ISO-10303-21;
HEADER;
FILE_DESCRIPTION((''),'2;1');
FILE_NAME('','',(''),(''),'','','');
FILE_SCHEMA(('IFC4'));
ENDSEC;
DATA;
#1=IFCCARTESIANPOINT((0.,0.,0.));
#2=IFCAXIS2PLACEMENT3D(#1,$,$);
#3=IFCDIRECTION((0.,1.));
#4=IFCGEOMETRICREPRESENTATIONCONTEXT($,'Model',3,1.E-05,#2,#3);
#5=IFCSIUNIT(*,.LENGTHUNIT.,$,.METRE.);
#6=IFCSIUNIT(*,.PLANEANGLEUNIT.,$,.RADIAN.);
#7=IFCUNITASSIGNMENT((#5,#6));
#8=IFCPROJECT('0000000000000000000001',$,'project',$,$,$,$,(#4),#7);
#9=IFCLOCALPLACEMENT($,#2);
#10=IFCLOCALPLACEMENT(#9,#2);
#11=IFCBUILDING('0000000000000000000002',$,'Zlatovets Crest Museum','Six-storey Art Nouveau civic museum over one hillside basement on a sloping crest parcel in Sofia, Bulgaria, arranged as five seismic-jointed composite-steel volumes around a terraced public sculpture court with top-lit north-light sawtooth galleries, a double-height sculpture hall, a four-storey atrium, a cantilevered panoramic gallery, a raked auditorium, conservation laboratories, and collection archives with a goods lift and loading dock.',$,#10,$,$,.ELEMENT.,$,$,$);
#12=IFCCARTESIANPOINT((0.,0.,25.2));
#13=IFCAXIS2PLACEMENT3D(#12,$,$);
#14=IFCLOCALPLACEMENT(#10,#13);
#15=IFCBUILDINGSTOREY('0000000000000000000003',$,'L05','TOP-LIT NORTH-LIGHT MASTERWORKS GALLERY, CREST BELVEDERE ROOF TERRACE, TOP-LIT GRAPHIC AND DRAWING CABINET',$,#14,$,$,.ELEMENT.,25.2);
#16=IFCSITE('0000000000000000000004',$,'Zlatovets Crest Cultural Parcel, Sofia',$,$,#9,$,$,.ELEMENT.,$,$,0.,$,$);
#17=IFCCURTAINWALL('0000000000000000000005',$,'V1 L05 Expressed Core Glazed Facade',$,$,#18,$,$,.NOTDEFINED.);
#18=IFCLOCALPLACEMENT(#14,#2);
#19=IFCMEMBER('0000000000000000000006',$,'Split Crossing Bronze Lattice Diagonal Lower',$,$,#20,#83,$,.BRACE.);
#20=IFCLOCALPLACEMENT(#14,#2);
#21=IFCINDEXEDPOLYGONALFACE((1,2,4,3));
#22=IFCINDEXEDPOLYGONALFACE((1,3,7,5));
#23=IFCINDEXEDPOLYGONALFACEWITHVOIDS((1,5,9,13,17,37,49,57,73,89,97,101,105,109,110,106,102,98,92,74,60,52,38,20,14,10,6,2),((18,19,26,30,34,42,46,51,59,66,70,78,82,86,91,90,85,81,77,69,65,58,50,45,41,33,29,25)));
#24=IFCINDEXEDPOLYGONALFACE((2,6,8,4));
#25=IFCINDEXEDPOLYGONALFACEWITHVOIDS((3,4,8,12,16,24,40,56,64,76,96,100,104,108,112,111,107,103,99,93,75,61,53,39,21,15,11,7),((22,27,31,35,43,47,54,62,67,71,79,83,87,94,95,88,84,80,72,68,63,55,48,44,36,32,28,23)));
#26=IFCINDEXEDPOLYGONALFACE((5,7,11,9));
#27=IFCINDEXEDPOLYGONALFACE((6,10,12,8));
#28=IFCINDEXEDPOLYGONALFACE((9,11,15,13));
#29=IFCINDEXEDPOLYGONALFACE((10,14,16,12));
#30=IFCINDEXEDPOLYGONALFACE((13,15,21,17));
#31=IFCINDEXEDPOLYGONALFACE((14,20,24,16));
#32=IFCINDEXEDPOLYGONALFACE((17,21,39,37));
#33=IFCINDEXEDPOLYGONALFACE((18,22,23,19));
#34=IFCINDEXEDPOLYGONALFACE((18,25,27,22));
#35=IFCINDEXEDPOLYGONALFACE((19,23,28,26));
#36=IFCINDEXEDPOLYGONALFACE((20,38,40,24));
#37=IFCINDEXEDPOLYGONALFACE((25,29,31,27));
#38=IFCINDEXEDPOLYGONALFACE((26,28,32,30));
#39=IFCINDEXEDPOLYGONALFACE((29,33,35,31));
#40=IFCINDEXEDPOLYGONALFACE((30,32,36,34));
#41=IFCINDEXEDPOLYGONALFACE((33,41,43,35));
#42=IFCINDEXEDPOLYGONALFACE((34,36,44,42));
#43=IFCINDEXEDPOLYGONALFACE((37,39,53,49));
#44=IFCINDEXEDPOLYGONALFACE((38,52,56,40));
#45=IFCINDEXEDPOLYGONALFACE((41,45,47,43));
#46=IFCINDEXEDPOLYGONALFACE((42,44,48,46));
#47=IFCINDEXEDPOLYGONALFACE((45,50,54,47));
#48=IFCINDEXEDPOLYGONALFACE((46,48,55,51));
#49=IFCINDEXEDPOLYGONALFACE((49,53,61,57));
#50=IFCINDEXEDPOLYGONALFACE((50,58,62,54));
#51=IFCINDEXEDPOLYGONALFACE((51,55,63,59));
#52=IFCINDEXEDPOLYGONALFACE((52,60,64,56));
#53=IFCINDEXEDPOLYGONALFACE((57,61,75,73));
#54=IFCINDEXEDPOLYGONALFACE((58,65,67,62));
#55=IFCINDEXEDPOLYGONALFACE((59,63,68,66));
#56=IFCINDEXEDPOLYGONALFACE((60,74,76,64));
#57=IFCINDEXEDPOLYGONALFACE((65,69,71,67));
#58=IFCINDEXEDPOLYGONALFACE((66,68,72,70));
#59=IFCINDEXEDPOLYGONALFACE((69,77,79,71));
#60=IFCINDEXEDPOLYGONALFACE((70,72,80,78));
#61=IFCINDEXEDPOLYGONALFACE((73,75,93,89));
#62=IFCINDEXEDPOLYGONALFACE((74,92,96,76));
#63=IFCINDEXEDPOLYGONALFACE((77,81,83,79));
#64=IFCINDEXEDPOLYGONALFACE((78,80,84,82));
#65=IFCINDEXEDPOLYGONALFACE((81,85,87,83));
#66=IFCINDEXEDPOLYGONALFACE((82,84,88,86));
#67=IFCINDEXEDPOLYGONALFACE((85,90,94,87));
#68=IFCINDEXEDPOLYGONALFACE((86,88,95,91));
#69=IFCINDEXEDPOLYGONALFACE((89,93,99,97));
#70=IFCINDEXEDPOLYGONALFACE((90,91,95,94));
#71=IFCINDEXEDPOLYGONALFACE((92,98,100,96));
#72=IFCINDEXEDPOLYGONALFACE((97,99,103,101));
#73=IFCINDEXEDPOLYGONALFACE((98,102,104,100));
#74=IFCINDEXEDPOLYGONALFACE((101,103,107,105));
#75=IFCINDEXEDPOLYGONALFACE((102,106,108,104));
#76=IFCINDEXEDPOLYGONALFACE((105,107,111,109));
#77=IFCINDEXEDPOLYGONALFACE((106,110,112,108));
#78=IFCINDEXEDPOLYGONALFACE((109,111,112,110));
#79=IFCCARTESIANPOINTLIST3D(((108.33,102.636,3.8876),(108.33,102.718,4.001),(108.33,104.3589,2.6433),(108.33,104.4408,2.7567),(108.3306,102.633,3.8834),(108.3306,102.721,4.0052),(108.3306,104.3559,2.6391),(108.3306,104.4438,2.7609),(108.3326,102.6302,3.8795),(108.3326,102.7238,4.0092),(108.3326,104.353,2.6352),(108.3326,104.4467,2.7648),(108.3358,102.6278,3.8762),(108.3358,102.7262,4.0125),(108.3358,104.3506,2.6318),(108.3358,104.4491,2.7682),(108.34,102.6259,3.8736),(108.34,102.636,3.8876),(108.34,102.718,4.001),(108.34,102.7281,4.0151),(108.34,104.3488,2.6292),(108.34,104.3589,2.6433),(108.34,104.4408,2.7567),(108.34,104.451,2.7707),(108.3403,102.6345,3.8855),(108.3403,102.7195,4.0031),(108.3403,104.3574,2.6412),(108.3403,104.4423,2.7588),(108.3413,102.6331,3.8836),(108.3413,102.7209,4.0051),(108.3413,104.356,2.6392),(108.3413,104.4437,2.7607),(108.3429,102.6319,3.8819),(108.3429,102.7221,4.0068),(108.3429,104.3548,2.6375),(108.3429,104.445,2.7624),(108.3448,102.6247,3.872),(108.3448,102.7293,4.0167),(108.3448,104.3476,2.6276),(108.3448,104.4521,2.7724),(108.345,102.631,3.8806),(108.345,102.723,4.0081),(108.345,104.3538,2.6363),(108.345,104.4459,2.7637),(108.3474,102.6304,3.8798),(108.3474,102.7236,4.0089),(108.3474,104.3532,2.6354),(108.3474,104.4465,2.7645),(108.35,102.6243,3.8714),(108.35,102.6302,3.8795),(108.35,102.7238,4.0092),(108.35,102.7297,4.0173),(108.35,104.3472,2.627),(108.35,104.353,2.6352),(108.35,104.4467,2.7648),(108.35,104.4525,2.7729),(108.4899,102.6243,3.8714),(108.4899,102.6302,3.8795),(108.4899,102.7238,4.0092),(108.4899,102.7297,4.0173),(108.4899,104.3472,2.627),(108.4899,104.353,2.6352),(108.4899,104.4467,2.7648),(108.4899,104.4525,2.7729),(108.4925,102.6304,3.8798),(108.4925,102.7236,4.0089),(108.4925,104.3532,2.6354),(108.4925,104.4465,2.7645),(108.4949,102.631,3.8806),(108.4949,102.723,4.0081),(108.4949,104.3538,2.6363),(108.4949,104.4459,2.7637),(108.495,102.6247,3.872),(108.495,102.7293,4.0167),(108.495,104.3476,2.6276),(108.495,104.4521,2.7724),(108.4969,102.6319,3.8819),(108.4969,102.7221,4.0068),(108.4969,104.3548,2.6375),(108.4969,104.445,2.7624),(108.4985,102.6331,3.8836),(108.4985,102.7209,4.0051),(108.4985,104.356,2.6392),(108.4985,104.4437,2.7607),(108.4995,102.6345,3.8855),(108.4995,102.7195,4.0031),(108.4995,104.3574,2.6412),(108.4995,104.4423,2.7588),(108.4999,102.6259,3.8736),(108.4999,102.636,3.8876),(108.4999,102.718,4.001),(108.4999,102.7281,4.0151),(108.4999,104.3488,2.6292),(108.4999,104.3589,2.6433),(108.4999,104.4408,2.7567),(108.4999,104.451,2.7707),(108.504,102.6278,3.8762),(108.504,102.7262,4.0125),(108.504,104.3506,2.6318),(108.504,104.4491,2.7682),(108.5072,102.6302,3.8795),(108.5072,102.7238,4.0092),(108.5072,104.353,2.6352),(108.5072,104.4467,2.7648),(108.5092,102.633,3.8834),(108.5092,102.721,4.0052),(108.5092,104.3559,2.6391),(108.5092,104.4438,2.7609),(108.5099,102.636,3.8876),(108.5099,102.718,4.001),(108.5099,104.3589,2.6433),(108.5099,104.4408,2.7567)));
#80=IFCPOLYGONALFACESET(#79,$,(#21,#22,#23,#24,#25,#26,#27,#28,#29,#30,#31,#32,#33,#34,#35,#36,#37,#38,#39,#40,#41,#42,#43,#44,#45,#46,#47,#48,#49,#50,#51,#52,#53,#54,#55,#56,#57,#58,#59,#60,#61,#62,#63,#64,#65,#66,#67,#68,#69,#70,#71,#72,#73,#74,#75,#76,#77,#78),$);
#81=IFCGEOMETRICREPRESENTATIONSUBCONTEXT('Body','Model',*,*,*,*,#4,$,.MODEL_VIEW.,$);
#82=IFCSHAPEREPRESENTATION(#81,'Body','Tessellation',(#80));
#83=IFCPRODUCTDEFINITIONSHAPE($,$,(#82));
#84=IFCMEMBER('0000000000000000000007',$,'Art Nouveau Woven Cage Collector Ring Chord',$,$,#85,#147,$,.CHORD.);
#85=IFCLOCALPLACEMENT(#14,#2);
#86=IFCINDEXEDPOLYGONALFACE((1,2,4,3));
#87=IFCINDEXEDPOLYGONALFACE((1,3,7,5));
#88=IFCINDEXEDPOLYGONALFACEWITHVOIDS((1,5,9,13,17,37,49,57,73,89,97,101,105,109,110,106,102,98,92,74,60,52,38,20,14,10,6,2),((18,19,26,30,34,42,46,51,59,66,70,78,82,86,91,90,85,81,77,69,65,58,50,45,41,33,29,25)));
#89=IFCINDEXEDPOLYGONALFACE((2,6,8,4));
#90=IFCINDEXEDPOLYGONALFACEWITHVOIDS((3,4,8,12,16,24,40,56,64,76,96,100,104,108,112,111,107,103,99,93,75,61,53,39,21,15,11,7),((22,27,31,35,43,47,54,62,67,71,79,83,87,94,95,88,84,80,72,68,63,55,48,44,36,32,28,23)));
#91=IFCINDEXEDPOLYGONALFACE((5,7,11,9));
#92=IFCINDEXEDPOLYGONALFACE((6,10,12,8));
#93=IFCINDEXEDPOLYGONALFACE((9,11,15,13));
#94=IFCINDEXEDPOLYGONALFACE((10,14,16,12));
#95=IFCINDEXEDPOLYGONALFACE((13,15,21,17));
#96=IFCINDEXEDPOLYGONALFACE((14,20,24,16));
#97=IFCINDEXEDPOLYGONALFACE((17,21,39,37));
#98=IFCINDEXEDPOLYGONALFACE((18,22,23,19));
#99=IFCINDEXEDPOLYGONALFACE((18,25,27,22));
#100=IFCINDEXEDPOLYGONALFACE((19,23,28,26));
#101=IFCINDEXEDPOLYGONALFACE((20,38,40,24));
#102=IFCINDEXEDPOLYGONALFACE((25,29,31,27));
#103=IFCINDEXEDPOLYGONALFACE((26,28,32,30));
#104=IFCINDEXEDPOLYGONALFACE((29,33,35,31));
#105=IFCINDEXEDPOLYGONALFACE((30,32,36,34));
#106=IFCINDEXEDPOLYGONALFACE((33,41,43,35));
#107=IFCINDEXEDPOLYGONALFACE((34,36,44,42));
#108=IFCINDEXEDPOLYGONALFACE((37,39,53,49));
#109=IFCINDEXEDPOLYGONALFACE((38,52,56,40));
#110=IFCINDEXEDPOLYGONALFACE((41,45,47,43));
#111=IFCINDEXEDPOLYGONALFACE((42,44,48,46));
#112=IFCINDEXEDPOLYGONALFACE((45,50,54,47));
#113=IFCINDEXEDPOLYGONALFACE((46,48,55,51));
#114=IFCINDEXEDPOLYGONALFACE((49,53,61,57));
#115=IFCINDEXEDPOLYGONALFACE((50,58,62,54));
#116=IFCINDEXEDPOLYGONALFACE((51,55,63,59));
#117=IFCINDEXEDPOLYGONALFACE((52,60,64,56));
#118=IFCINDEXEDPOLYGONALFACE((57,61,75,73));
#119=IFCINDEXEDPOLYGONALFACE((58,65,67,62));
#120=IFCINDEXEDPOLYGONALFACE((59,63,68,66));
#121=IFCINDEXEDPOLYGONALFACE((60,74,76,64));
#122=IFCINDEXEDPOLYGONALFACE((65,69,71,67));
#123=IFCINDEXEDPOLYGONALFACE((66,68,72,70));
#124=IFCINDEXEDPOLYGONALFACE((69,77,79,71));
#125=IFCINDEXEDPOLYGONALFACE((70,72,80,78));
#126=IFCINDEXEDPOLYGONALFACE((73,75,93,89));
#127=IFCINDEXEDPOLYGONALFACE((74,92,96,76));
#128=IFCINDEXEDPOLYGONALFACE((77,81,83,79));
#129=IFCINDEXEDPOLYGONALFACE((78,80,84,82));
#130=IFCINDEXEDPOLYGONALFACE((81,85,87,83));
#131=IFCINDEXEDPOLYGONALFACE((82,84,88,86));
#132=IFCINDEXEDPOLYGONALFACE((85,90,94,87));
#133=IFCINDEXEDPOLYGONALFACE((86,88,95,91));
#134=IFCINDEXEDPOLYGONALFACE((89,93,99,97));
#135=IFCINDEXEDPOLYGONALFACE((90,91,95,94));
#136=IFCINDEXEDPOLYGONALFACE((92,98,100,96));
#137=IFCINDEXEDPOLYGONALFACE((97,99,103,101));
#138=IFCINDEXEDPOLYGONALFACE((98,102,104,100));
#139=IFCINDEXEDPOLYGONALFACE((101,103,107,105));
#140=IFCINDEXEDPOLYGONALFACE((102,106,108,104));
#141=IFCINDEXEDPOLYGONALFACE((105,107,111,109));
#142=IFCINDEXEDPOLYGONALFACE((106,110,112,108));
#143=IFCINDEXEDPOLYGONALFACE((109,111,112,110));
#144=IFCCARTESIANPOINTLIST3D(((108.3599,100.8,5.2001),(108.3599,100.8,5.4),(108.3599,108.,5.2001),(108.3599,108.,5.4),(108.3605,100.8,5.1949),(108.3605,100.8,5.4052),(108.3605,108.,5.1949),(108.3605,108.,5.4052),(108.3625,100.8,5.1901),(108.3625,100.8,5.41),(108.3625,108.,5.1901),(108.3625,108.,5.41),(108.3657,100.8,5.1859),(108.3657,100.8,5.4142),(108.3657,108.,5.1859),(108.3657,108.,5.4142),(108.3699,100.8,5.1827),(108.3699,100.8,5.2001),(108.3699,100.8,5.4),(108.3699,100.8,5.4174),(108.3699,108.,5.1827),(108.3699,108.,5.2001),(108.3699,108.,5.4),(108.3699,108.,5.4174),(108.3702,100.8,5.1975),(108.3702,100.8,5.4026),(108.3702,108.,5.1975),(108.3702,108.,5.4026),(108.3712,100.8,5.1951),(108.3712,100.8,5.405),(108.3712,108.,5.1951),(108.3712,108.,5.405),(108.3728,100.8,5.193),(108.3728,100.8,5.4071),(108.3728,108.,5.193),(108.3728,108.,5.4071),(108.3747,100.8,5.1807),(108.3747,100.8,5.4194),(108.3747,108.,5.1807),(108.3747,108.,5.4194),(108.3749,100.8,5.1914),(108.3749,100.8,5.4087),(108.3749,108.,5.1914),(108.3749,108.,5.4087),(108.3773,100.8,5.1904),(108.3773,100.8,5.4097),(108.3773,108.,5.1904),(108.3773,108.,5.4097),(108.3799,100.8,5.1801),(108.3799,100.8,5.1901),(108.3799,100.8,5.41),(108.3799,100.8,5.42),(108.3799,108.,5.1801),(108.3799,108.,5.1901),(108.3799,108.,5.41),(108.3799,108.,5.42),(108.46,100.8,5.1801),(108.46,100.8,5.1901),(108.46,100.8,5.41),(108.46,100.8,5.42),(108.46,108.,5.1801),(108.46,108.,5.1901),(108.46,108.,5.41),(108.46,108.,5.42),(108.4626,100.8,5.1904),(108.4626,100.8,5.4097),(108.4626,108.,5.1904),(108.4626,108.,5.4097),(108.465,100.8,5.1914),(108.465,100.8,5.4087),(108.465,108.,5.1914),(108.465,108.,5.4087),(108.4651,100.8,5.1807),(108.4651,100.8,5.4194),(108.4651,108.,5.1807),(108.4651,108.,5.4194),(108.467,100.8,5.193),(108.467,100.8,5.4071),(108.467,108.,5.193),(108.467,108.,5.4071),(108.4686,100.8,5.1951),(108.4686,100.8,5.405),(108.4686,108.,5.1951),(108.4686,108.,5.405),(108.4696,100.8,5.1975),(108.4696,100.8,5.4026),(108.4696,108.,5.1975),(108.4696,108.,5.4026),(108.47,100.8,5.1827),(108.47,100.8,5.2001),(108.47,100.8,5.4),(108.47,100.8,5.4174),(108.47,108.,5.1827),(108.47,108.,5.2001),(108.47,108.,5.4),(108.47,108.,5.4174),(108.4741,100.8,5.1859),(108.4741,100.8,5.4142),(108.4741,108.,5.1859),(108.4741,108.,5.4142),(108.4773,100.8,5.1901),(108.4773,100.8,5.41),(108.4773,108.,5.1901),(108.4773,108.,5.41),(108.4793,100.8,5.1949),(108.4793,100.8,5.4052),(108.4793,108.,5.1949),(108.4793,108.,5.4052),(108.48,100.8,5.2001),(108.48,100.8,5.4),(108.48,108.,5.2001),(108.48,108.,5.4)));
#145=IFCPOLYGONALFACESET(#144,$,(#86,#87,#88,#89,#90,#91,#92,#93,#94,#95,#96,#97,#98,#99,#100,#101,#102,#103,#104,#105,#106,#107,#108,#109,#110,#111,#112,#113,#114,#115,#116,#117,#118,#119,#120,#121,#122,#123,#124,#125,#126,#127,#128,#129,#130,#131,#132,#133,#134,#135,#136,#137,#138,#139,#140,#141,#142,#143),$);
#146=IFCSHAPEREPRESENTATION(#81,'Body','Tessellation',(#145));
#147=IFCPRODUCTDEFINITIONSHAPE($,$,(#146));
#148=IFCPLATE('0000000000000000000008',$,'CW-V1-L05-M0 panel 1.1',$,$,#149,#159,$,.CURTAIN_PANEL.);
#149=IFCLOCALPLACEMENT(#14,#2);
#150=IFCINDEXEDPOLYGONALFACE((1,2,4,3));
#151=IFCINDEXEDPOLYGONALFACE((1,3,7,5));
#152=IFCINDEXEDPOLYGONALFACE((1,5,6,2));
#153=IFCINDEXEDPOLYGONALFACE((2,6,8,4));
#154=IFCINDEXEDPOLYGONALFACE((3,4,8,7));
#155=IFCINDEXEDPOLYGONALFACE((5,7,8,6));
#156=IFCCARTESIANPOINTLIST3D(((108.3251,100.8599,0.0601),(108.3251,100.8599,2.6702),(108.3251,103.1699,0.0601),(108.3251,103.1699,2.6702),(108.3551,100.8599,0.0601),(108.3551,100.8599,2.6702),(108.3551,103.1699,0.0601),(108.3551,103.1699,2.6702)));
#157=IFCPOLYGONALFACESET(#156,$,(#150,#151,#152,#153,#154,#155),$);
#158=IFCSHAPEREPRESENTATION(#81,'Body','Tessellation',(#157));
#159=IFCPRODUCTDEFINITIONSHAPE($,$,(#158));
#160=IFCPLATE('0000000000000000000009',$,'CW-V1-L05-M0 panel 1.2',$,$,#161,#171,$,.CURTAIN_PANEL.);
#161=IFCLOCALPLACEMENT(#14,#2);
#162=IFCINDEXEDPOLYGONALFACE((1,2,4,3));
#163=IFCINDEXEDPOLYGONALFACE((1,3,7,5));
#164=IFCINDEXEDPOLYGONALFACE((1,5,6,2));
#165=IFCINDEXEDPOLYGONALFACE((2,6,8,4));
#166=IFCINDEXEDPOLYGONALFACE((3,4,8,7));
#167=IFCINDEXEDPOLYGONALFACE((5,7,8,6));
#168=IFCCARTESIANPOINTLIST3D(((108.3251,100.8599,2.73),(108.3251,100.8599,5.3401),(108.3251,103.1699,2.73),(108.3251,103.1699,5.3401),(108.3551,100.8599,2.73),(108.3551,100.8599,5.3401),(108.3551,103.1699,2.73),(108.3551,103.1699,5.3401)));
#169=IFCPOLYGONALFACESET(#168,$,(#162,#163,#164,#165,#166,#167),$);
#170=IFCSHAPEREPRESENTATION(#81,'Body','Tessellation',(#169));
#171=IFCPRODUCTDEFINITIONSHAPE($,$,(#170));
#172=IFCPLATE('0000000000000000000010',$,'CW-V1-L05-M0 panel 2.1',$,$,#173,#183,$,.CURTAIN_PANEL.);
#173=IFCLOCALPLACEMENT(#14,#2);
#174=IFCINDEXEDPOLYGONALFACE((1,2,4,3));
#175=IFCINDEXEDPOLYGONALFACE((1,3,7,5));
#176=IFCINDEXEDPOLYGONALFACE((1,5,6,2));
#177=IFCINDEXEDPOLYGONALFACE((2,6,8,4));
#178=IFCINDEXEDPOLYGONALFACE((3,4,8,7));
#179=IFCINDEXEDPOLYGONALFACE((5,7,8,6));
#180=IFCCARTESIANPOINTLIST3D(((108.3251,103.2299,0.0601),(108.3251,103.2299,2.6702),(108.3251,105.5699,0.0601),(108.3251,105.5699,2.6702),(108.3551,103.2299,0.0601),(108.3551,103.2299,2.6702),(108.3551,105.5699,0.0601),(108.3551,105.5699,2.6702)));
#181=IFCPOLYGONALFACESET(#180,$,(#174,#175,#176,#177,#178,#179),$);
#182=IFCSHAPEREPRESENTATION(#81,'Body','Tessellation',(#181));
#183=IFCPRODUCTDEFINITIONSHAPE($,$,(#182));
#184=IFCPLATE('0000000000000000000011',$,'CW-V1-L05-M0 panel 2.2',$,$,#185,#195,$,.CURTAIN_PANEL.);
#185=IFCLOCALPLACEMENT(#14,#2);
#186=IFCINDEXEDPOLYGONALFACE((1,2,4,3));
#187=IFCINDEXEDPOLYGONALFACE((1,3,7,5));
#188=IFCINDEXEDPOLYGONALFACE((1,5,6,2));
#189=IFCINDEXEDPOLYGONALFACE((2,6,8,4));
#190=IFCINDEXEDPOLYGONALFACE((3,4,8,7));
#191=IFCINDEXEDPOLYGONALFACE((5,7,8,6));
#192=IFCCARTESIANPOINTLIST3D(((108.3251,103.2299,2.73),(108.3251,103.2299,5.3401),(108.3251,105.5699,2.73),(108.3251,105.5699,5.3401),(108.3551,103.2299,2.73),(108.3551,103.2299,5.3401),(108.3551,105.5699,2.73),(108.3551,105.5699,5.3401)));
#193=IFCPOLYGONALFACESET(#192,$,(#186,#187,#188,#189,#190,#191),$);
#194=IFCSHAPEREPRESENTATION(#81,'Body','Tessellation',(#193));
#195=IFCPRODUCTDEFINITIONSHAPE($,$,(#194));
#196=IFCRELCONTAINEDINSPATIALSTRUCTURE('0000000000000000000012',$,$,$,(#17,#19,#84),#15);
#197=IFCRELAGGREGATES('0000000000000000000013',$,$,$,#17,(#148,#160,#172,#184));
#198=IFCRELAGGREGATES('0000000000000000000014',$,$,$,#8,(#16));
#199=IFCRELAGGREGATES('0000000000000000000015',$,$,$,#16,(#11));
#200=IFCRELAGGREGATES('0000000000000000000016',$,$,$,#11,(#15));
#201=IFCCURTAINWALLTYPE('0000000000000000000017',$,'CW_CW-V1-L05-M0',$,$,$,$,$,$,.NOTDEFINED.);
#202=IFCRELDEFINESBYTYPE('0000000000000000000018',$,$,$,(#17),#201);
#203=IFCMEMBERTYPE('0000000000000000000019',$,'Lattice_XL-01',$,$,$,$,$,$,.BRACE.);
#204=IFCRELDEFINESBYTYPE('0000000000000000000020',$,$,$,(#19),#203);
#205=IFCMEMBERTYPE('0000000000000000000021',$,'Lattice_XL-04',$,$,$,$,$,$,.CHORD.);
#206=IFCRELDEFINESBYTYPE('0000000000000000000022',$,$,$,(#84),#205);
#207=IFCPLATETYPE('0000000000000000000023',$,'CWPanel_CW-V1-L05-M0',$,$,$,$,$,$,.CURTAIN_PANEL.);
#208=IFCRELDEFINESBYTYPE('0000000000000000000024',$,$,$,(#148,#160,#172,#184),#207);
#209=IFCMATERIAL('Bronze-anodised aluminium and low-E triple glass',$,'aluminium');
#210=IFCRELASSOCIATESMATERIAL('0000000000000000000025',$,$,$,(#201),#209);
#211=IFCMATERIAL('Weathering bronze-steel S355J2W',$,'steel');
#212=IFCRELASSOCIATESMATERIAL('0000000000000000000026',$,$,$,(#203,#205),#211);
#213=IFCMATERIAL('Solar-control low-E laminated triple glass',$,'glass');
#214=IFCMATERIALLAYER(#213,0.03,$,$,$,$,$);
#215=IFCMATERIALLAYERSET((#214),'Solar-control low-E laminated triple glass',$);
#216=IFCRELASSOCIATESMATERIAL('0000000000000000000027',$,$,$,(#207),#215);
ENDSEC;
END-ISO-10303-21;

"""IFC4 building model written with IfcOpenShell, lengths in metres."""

from ifc_helpers import new_model, si_unit, direction, frame, origin, origin_2d, place, context, subcontext, project, spatial, rectangle, hollow_rectangle, extrude, material, layer, layer_set, material_profile, profile_set, type_object, element, aggregate, save


model = new_model("IFC4")

# Units and contexts
model_context = context("Model", 3, precision=1e-05, world=origin(), true_north=direction((0.0, 1.0)))
body_context = subcontext(model_context, "Body", "Model", "MODEL_VIEW")
ifc_project = project(units=[si_unit("LENGTHUNIT", "METRE"), si_unit("PLANEANGLEUNIT", "RADIAN")], contexts=[model_context])

# Site, building, storey
site_placement = place(None, origin())
site = spatial("IfcSite", under=ifc_project, at=site_placement, Name="Zlatovets Crest Cultural Parcel, Sofia", CompositionType="ELEMENT", RefElevation=0.0)
building_placement = place(site_placement, origin())
building = spatial("IfcBuilding", under=site, at=building_placement, Name="Zlatovets Crest Museum", Description="Six-storey Art Nouveau civic museum over one hillside basement on a sloping crest parcel in Sofia, Bulgaria, arranged as five seismic-jointed composite-steel volumes around a terraced public sculpture court with top-lit north-light sawtooth galleries, a double-height sculpture hall, a four-storey atrium, a cantilevered panoramic gallery, a raked auditorium, conservation laboratories, and collection archives with a goods lift and loading dock.", CompositionType="ELEMENT")
storey_placement = place(building_placement, frame((0.0, 0.0, 25.2)))
storey = spatial("IfcBuildingStorey", under=building, at=storey_placement, Name="L05", Description="TOP-LIT NORTH-LIGHT MASTERWORKS GALLERY, CREST BELVEDERE ROOF TERRACE, TOP-LIT GRAPHIC AND DRAWING CABINET", CompositionType="ELEMENT", Elevation=25.2)

# Shared definitions
ifc_material_1 = material(Name="Bronze-anodised aluminium and low-E triple glass", Category="aluminium")

# Curtain wall
curtain_wall_type_1 = type_object("IfcCurtainWallType", Name="CW_CW-V1-L05-M0", PredefinedType="NOTDEFINED", material=ifc_material_1)
curtain_wall_1_placement = place(storey_placement, origin())
curtain_wall_1 = element("IfcCurtainWall", 1, at=curtain_wall_1_placement, inside=storey, type_object=curtain_wall_type_1, Name="V1 L05 Expressed Core Glazed Facade", PredefinedType="NOTDEFINED")

# Members
ifc_material_2 = material(Name="Weathering bronze-steel S355J2W", Category="steel")
ifc_material_profile_1 = material_profile(ifc_material_2, hollow_rectangle(XDim=0.1799, YDim=0.1799, WallThickness=0.01, InnerFilletRadius=0.01, OuterFilletRadius=0.02, at=origin_2d()), Name="SHS 180x180x10.0")
ifc_profile_set_1 = profile_set([ifc_material_profile_1], Name="Weathering bronze-steel S355J2W")
member_type_1 = type_object("IfcMemberType", Name="Lattice_XL-01", PredefinedType="BRACE", material=ifc_profile_set_1)
for number, where, z_axis, x_axis, name in (
    (2, (108.4199, 102.677, 3.9443), (0.0, 0.810664, -0.585512), (-1.0, 0.0, 0.0), "Split Crossing Bronze Lattice Diagonal Lower"),
):
    element("IfcMember", number, at=place(storey_placement, frame(where, z_axis=z_axis, x_axis=x_axis)), inside=storey, type_object=member_type_1, Name=name, PredefinedType="BRACE", context=body_context, shape_type="SweptSolid", body=[
        extrude(hollow_rectangle(XDim=0.1799, YDim=0.1799, WallThickness=0.01, InnerFilletRadius=0.01, OuterFilletRadius=0.02, at=origin_2d()), origin(), (0.0, 0.0, 1.0), 2.1252),
    ])
ifc_material_profile_2 = material_profile(ifc_material_2, hollow_rectangle(XDim=0.1201, YDim=0.24, WallThickness=0.01, InnerFilletRadius=0.01, OuterFilletRadius=0.02, at=origin_2d()), Name="RHS 120x240x10.0")
ifc_profile_set_2 = profile_set([ifc_material_profile_2], Name="Weathering bronze-steel S355J2W")
member_type_2 = type_object("IfcMemberType", Name="Lattice_XL-04", PredefinedType="CHORD", material=ifc_profile_set_2)
member_1_placement = place(storey_placement, frame((108.4199, 100.8, 5.3), z_axis=(0.0, 1.0, 0.0), x_axis=(-1.0, 0.0, 0.0)))
element("IfcMember", 3, at=member_1_placement, inside=storey, type_object=member_type_2, Name="Art Nouveau Woven Cage Collector Ring Chord", PredefinedType="CHORD", context=body_context, shape_type="SweptSolid", body=[
    extrude(hollow_rectangle(XDim=0.1201, YDim=0.24, WallThickness=0.01, InnerFilletRadius=0.01, OuterFilletRadius=0.02, at=origin_2d()), origin(), (0.0, 0.0, 1.0), 7.2),
])

# Plates
ifc_material_3 = material(Name="Solar-control low-E laminated triple glass", Category="glass")
ifc_layer_1 = layer(ifc_material_3, 0.03)
ifc_layer_set_1 = layer_set([ifc_layer_1], Name="Solar-control low-E laminated triple glass")
plate_type_1 = type_object("IfcPlateType", Name="CWPanel_CW-V1-L05-M0", PredefinedType="CURTAIN_PANEL", material=ifc_layer_set_1)
plate_1_placement = place(storey_placement, frame((108.3401, 102.0149, 0.0601), z_axis=(0.0, 0.0, 1.0), x_axis=(0.0, 1.0, 0.0)))
plate_1 = element("IfcPlate", 4, at=plate_1_placement, type_object=plate_type_1, Name="CW-V1-L05-M0 panel 1.1", PredefinedType="CURTAIN_PANEL", context=body_context, shape_type="SweptSolid", body=[
    extrude(rectangle(XDim=2.3101, YDim=0.03, at=origin_2d()), origin(), (0.0, 0.0, 1.0), 2.6101),
])
plate_2_placement = place(storey_placement, frame((108.3401, 102.0149, 2.73), z_axis=(0.0, 0.0, 1.0), x_axis=(0.0, 1.0, 0.0)))
plate_2 = element("IfcPlate", 5, at=plate_2_placement, type_object=plate_type_1, Name="CW-V1-L05-M0 panel 1.2", PredefinedType="CURTAIN_PANEL", context=body_context, shape_type="SweptSolid", body=[
    extrude(rectangle(XDim=2.3101, YDim=0.03, at=origin_2d()), origin(), (0.0, 0.0, 1.0), 2.6101),
])
plate_3_placement = place(storey_placement, frame((108.3401, 104.3999, 0.0601), z_axis=(0.0, 0.0, 1.0), x_axis=(0.0, 1.0, 0.0)))
plate_3 = element("IfcPlate", 6, at=plate_3_placement, type_object=plate_type_1, Name="CW-V1-L05-M0 panel 2.1", PredefinedType="CURTAIN_PANEL", context=body_context, shape_type="SweptSolid", body=[
    extrude(rectangle(XDim=2.3401, YDim=0.03, at=origin_2d()), origin(), (0.0, 0.0, 1.0), 2.6101),
])
plate_4_placement = place(storey_placement, frame((108.3401, 104.3999, 2.73), z_axis=(0.0, 0.0, 1.0), x_axis=(0.0, 1.0, 0.0)))
plate_4 = element("IfcPlate", 7, at=plate_4_placement, type_object=plate_type_1, Name="CW-V1-L05-M0 panel 2.2", PredefinedType="CURTAIN_PANEL", context=body_context, shape_type="SweptSolid", body=[
    extrude(rectangle(XDim=2.3401, YDim=0.03, at=origin_2d()), origin(), (0.0, 0.0, 1.0), 2.6101),
])
aggregate(curtain_wall_1, [plate_1, plate_2, plate_3, plate_4])

save(model, "model.ifc")
